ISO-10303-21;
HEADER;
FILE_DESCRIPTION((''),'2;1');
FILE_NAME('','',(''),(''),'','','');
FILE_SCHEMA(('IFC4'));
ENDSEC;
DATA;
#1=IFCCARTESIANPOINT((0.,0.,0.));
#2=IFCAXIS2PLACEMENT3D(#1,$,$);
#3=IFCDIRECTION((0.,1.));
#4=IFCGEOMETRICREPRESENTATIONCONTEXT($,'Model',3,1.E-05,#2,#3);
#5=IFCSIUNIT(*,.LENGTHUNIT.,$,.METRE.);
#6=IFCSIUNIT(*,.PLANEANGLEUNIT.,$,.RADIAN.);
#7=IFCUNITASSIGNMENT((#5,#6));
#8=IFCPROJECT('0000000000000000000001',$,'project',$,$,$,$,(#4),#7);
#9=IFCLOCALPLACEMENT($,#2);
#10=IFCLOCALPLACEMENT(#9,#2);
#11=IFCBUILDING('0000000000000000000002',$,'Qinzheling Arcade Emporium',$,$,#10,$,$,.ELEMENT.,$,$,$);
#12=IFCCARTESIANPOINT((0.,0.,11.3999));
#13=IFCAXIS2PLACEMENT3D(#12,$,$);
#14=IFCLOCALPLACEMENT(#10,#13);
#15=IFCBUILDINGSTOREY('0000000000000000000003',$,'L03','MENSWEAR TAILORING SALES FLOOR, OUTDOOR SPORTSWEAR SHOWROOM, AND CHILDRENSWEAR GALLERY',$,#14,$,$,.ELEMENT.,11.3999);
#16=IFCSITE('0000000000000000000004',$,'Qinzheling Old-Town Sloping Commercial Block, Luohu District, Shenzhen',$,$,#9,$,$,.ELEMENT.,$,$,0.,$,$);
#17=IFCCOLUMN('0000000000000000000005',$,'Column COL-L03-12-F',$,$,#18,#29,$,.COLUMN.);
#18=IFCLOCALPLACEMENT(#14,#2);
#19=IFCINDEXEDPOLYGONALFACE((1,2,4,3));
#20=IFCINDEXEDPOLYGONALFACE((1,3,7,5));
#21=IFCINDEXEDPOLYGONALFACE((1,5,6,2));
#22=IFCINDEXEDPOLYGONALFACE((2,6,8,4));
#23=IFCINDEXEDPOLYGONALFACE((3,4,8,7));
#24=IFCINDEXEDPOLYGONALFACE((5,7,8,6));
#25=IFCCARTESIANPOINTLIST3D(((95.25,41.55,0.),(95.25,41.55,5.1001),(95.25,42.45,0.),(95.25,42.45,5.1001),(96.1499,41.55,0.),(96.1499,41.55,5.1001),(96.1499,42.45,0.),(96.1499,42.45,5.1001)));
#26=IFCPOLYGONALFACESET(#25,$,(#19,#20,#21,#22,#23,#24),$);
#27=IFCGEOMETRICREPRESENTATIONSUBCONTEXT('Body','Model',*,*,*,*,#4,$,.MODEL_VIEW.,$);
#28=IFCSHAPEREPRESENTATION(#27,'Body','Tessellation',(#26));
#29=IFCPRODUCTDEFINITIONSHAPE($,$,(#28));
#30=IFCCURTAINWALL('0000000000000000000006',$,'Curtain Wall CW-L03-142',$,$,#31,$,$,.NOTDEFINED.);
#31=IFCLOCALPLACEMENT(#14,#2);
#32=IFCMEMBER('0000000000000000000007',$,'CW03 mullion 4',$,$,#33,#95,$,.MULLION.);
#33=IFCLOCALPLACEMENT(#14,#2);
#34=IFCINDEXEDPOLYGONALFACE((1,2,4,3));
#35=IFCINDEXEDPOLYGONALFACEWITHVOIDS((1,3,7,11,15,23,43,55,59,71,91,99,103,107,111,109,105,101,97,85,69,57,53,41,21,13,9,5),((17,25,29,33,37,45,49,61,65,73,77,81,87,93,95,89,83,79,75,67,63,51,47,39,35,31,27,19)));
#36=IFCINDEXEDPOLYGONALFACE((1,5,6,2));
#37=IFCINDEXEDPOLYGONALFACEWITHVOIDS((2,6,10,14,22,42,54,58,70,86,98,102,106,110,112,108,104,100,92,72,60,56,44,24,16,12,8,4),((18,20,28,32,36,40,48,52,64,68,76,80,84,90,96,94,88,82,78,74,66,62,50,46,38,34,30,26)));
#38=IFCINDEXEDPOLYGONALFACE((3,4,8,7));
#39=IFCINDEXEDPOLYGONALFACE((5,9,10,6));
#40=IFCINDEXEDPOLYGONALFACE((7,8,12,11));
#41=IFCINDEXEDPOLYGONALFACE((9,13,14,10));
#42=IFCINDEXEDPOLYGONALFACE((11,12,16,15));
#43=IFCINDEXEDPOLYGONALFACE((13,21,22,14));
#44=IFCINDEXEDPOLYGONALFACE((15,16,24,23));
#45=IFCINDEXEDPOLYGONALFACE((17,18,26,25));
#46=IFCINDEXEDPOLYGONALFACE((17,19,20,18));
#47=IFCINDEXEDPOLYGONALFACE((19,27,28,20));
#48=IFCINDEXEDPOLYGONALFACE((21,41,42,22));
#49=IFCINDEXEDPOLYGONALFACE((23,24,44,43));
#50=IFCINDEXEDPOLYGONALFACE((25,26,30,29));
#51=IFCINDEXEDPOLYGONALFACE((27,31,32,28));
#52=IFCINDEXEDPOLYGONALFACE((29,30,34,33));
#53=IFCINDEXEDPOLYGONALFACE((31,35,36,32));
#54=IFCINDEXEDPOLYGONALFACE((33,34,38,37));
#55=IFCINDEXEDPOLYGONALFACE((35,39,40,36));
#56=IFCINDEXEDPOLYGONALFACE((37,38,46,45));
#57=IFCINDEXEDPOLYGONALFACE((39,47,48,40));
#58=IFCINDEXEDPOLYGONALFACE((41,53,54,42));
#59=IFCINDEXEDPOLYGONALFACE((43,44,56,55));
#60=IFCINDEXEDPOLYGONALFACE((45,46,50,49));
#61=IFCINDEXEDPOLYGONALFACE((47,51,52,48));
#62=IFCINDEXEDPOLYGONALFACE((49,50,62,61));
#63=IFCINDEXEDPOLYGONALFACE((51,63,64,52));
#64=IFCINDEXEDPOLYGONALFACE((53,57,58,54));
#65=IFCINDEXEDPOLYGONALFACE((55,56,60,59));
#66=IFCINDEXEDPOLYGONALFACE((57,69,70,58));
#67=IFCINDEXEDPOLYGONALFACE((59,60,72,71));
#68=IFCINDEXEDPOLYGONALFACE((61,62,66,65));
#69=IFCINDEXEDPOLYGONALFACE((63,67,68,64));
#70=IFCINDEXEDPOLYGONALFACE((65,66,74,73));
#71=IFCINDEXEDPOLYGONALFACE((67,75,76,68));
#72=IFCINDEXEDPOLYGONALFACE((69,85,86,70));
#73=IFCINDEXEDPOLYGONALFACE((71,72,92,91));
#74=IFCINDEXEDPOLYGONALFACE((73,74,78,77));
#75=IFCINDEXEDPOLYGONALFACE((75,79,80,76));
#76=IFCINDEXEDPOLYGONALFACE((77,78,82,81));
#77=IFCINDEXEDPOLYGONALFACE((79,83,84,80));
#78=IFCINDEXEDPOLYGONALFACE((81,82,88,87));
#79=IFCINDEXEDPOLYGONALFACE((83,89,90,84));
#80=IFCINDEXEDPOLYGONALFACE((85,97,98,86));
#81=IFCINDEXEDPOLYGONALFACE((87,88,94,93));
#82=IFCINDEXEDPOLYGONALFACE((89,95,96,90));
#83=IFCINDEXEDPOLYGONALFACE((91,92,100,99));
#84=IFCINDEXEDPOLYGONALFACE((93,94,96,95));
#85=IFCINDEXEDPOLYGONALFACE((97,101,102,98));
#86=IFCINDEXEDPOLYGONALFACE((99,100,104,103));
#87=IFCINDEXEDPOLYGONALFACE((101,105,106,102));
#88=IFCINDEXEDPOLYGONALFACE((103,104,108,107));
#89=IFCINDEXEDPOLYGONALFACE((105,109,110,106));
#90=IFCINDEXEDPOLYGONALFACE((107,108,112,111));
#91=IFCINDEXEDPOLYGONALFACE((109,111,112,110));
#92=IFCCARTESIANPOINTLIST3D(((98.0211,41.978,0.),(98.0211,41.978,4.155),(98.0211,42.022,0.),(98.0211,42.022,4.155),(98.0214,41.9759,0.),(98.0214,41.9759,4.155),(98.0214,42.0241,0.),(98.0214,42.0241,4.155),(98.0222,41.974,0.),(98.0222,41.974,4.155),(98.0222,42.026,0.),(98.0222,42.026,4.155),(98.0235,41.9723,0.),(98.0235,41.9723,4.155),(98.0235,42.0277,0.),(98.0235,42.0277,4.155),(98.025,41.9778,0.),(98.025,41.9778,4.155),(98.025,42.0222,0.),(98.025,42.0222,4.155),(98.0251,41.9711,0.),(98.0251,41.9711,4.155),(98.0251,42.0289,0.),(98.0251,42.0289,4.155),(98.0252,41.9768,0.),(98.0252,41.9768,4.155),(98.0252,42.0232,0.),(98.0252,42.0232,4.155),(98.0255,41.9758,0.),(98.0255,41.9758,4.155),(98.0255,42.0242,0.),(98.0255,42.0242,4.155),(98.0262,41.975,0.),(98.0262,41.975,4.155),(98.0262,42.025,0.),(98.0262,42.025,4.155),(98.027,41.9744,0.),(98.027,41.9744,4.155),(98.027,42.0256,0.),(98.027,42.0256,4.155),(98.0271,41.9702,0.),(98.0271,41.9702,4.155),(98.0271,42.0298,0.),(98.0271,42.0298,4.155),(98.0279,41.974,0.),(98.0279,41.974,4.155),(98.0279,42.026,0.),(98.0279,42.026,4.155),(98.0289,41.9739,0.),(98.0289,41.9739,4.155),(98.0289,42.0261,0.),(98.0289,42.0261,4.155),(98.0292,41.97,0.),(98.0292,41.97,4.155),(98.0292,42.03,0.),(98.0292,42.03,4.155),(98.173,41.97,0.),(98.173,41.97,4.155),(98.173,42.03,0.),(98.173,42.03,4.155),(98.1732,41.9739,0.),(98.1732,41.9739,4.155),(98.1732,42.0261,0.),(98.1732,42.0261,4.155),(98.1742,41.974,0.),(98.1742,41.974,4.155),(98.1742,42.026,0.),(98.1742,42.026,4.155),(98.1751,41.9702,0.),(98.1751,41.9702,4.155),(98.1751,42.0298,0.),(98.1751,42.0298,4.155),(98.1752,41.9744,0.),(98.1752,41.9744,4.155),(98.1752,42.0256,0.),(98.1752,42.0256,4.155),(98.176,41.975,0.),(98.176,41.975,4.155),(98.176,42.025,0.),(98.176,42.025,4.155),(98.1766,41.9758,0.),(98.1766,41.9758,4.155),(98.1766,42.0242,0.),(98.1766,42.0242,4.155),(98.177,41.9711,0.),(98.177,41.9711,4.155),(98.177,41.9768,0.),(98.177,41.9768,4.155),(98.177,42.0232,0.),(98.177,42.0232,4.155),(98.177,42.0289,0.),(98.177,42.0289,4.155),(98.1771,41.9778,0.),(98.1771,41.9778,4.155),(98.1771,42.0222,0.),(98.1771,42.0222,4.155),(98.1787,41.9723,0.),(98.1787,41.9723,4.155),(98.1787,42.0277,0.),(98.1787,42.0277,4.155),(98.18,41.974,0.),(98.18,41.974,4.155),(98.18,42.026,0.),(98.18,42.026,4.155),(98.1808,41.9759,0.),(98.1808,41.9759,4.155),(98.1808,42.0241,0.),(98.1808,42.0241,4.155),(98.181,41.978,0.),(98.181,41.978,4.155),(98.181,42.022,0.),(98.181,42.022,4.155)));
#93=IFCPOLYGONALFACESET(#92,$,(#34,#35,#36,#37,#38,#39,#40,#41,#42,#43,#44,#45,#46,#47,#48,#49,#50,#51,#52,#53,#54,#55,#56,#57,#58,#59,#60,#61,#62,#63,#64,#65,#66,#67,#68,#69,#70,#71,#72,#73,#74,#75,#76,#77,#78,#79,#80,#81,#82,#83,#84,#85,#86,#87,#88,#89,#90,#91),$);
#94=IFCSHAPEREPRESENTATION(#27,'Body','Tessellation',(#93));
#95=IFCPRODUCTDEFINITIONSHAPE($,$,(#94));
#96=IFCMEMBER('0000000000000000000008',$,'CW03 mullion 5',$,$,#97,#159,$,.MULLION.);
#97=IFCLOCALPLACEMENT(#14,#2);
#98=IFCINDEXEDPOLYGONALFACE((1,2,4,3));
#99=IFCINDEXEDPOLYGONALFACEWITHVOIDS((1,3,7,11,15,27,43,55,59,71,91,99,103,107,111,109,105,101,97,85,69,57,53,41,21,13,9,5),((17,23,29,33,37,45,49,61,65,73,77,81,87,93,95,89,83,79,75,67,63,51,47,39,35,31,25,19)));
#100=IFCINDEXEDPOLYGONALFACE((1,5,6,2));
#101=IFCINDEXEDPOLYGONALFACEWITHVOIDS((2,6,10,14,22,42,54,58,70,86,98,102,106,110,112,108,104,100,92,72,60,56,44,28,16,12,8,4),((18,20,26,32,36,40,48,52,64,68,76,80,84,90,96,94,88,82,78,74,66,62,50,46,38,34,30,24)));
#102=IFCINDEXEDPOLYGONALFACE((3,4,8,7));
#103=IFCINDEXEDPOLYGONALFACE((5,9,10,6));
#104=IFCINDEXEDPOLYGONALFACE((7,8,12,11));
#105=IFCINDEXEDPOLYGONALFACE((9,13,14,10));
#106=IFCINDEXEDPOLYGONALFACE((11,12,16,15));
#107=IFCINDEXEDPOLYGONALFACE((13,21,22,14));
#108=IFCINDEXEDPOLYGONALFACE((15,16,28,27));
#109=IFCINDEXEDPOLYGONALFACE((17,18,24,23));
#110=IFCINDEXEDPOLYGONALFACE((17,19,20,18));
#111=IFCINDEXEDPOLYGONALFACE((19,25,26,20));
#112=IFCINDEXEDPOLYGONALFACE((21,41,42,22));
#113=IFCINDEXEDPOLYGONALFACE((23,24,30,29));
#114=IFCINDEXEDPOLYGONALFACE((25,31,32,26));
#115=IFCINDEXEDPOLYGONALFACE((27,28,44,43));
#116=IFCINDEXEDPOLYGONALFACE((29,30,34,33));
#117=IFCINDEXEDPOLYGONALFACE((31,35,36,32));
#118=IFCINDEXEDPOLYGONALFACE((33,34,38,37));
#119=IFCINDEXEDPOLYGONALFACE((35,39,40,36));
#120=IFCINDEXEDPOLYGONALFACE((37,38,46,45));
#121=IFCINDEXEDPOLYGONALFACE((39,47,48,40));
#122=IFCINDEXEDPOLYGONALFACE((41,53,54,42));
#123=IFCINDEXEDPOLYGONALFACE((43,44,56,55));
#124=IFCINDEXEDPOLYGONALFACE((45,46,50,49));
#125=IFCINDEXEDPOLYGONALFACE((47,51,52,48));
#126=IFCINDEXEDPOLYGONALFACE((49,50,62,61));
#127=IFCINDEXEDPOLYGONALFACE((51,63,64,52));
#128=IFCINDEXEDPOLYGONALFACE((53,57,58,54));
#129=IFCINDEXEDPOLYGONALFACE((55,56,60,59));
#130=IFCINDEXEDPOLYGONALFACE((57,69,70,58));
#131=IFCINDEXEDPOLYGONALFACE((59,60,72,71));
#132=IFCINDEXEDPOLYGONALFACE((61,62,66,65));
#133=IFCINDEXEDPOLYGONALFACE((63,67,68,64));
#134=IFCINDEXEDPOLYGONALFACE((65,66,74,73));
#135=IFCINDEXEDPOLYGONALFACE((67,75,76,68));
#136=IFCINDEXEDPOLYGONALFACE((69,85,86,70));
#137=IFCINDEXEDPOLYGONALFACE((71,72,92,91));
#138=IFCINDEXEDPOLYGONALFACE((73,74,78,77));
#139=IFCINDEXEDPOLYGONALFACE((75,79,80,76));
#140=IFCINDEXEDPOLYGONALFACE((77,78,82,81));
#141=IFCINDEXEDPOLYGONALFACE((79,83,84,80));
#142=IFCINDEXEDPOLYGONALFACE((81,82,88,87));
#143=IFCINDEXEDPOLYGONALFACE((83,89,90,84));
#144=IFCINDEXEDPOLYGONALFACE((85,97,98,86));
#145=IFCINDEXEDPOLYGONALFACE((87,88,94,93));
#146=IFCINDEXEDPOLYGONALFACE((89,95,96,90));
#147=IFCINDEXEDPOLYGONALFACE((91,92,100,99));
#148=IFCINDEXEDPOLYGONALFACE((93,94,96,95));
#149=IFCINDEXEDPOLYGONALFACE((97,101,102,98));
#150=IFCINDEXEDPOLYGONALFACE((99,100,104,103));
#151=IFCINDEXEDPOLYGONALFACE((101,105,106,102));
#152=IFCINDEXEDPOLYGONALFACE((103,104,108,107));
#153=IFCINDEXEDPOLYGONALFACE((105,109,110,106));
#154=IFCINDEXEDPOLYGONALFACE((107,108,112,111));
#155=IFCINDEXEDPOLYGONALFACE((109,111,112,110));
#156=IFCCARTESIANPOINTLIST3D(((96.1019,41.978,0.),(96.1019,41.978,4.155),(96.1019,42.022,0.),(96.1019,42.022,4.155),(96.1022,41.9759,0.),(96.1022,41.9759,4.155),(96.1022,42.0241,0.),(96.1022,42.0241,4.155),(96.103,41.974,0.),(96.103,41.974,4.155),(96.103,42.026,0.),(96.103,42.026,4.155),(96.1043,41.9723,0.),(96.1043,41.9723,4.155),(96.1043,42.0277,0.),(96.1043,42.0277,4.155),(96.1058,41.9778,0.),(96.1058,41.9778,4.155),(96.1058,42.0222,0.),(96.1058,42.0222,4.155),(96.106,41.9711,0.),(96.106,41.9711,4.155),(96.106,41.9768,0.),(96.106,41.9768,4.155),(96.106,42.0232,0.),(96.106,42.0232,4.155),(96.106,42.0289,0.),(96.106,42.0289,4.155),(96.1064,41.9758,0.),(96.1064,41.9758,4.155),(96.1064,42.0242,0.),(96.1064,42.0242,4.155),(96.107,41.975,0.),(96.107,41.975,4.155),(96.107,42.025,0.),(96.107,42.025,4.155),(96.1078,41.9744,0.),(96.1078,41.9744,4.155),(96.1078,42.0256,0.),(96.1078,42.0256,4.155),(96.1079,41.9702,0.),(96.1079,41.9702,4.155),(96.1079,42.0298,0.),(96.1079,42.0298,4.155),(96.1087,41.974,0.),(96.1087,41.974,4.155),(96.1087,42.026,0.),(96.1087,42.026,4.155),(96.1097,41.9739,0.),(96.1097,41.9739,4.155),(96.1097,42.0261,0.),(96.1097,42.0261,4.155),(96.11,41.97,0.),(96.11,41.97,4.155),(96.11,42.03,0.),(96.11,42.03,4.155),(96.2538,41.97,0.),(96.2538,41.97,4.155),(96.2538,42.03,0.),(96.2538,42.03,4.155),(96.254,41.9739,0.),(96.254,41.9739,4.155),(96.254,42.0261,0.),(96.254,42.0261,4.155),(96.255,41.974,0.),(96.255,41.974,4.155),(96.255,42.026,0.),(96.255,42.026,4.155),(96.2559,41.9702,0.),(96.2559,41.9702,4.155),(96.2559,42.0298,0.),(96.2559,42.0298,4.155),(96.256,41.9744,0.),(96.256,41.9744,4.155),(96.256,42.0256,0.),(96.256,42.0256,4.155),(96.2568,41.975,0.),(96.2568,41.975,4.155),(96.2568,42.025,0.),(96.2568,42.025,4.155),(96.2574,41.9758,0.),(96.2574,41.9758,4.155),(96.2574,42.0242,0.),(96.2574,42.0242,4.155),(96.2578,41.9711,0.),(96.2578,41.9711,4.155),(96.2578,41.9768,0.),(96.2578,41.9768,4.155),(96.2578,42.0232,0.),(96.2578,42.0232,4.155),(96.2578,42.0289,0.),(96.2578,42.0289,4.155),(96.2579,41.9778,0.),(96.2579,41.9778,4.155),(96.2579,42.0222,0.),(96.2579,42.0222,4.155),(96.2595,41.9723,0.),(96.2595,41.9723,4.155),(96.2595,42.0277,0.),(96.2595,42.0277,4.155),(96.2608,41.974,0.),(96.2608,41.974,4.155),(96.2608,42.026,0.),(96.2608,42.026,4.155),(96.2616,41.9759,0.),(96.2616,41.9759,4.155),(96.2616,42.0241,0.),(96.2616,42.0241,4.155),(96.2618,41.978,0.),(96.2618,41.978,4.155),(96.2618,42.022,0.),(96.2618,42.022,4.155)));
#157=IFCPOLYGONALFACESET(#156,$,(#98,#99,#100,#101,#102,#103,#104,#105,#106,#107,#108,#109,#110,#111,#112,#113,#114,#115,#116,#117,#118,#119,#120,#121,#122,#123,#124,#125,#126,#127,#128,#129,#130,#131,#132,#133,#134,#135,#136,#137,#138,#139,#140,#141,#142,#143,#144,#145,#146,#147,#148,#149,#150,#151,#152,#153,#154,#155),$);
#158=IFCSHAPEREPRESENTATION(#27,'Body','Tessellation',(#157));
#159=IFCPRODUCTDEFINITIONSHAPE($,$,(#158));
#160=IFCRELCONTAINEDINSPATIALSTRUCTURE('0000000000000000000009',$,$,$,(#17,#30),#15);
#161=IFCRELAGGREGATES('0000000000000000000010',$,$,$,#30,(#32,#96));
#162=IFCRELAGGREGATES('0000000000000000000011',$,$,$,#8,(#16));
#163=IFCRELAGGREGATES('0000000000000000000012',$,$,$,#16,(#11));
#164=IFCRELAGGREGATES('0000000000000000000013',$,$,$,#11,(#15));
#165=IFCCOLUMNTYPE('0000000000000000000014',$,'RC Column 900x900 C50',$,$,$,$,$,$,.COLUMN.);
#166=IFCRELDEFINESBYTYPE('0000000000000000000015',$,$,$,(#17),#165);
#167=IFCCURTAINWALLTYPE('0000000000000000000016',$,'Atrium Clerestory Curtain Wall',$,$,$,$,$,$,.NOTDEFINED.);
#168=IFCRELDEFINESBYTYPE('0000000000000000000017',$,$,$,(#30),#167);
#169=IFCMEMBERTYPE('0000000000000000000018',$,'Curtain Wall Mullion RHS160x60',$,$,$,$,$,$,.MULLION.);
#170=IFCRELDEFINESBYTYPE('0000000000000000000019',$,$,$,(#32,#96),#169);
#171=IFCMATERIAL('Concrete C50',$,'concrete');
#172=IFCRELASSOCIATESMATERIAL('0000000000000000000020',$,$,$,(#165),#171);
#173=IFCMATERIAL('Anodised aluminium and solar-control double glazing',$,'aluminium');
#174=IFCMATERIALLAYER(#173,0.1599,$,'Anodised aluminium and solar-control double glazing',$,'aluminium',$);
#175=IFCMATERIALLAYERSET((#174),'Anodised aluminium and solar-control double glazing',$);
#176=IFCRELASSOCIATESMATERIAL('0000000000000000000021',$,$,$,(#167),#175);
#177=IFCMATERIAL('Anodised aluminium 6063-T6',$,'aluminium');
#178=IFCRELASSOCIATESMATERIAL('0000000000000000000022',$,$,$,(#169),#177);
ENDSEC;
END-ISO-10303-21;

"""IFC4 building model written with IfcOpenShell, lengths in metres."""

from ifc_helpers import new_model, si_unit, direction, frame, origin, origin_2d, place, context, subcontext, project, spatial, rectangle, hollow_rectangle, extrude, material, layer, layer_set, material_profile, profile_set, type_object, element, aggregate, save


model = new_model("IFC4")

# Units and contexts
model_context = context("Model", 3, precision=1e-05, world=origin(), true_north=direction((0.0, 1.0)))
body_context = subcontext(model_context, "Body", "Model", "MODEL_VIEW")
ifc_project = project(units=[si_unit("LENGTHUNIT", "METRE"), si_unit("PLANEANGLEUNIT", "RADIAN")], contexts=[model_context])

# Site, building, storey
site_placement = place(None, origin())
site = spatial("IfcSite", under=ifc_project, at=site_placement, Name="Qinzheling Old-Town Sloping Commercial Block, Luohu District, Shenzhen", CompositionType="ELEMENT", RefElevation=0.0)
building_placement = place(site_placement, origin())
building = spatial("IfcBuilding", under=site, at=building_placement, Name="Qinzheling Arcade Emporium", CompositionType="ELEMENT")
storey_placement = place(building_placement, frame((0.0, 0.0, 11.3999)))
storey = spatial("IfcBuildingStorey", under=building, at=storey_placement, Name="L03", Description="MENSWEAR TAILORING SALES FLOOR, OUTDOOR SPORTSWEAR SHOWROOM, AND CHILDRENSWEAR GALLERY", CompositionType="ELEMENT", Elevation=11.3999)

# Column
ifc_material_1 = material(Name="Concrete C50", Category="concrete")
ifc_material_profile_1 = material_profile(ifc_material_1, rectangle(XDim=0.8999, YDim=0.8999, at=origin_2d()), Name="RC 900x900", Category="concrete")
ifc_profile_set_1 = profile_set([ifc_material_profile_1], Name="Concrete C50")
column_type = type_object("IfcColumnType", Name="RC Column 900x900 C50", PredefinedType="COLUMN", material=ifc_profile_set_1)
column_placement = place(storey_placement, frame((95.7, 42.0, 0.0), z_axis=(0.0, 0.0, 1.0), x_axis=(1.0, 0.0, 0.0)))
element("IfcColumn", 1, at=column_placement, inside=storey, type_object=column_type, Name="Column COL-L03-12-F", PredefinedType="COLUMN", context=body_context, shape_type="SweptSolid", body=[
    extrude(rectangle(XDim=0.8999, YDim=0.8999, at=origin_2d()), origin(), (0.0, 0.0, 1.0), 5.1001),
])

# Curtain wall, members
ifc_material_2 = material(Name="Anodised aluminium and solar-control double glazing", Category="aluminium")
ifc_layer_1 = layer(ifc_material_2, 0.1599, Name="Anodised aluminium and solar-control double glazing", Category="aluminium")
ifc_layer_set_1 = layer_set([ifc_layer_1], Name="Anodised aluminium and solar-control double glazing")
curtain_wall_type = type_object("IfcCurtainWallType", Name="Atrium Clerestory Curtain Wall", PredefinedType="NOTDEFINED", material=ifc_layer_set_1)
curtain_wall_placement = place(storey_placement, origin())
curtain_wall = element("IfcCurtainWall", 2, at=curtain_wall_placement, inside=storey, type_object=curtain_wall_type, Name="Curtain Wall CW-L03-142", PredefinedType="NOTDEFINED")
ifc_material_3 = material(Name="Anodised aluminium 6063-T6", Category="aluminium")
ifc_material_profile_2 = material_profile(ifc_material_3, hollow_rectangle(XDim=0.0601, YDim=0.1599, WallThickness=0.0039, InnerFilletRadius=0.0039, OuterFilletRadius=0.0081, at=origin_2d()), Name="RHS 160x60x4", Category="aluminium")
ifc_profile_set_2 = profile_set([ifc_material_profile_2], Name="Anodised aluminium 6063-T6")
member_type_1 = type_object("IfcMemberType", Name="Curtain Wall Mullion RHS160x60", PredefinedType="MULLION", material=ifc_profile_set_2)
member_1_placement = place(storey_placement, frame((98.1011, 42.0, 0.0), z_axis=(0.0, 0.0, 1.0), x_axis=(0.0, -1.0, 0.0)))
member_1 = element("IfcMember", 3, at=member_1_placement, type_object=member_type_1, Name="CW03 mullion 4", PredefinedType="MULLION", context=body_context, shape_type="SweptSolid", body=[
    extrude(hollow_rectangle(XDim=0.0601, YDim=0.1599, WallThickness=0.0039, InnerFilletRadius=0.0039, OuterFilletRadius=0.0081, at=origin_2d()), origin(), (0.0, 0.0, 1.0), 4.155),
])
member_2_placement = place(storey_placement, frame((96.1819, 42.0, 0.0), z_axis=(0.0, 0.0, 1.0), x_axis=(0.0, -1.0, 0.0)))
member_2 = element("IfcMember", 4, at=member_2_placement, type_object=member_type_1, Name="CW03 mullion 5", PredefinedType="MULLION", context=body_context, shape_type="SweptSolid", body=[
    extrude(hollow_rectangle(XDim=0.0601, YDim=0.1599, WallThickness=0.0039, InnerFilletRadius=0.0039, OuterFilletRadius=0.0081, at=origin_2d()), origin(), (0.0, 0.0, 1.0), 4.155),
])

aggregate(curtain_wall, [member_1, member_2])

save(model, "model.ifc")
